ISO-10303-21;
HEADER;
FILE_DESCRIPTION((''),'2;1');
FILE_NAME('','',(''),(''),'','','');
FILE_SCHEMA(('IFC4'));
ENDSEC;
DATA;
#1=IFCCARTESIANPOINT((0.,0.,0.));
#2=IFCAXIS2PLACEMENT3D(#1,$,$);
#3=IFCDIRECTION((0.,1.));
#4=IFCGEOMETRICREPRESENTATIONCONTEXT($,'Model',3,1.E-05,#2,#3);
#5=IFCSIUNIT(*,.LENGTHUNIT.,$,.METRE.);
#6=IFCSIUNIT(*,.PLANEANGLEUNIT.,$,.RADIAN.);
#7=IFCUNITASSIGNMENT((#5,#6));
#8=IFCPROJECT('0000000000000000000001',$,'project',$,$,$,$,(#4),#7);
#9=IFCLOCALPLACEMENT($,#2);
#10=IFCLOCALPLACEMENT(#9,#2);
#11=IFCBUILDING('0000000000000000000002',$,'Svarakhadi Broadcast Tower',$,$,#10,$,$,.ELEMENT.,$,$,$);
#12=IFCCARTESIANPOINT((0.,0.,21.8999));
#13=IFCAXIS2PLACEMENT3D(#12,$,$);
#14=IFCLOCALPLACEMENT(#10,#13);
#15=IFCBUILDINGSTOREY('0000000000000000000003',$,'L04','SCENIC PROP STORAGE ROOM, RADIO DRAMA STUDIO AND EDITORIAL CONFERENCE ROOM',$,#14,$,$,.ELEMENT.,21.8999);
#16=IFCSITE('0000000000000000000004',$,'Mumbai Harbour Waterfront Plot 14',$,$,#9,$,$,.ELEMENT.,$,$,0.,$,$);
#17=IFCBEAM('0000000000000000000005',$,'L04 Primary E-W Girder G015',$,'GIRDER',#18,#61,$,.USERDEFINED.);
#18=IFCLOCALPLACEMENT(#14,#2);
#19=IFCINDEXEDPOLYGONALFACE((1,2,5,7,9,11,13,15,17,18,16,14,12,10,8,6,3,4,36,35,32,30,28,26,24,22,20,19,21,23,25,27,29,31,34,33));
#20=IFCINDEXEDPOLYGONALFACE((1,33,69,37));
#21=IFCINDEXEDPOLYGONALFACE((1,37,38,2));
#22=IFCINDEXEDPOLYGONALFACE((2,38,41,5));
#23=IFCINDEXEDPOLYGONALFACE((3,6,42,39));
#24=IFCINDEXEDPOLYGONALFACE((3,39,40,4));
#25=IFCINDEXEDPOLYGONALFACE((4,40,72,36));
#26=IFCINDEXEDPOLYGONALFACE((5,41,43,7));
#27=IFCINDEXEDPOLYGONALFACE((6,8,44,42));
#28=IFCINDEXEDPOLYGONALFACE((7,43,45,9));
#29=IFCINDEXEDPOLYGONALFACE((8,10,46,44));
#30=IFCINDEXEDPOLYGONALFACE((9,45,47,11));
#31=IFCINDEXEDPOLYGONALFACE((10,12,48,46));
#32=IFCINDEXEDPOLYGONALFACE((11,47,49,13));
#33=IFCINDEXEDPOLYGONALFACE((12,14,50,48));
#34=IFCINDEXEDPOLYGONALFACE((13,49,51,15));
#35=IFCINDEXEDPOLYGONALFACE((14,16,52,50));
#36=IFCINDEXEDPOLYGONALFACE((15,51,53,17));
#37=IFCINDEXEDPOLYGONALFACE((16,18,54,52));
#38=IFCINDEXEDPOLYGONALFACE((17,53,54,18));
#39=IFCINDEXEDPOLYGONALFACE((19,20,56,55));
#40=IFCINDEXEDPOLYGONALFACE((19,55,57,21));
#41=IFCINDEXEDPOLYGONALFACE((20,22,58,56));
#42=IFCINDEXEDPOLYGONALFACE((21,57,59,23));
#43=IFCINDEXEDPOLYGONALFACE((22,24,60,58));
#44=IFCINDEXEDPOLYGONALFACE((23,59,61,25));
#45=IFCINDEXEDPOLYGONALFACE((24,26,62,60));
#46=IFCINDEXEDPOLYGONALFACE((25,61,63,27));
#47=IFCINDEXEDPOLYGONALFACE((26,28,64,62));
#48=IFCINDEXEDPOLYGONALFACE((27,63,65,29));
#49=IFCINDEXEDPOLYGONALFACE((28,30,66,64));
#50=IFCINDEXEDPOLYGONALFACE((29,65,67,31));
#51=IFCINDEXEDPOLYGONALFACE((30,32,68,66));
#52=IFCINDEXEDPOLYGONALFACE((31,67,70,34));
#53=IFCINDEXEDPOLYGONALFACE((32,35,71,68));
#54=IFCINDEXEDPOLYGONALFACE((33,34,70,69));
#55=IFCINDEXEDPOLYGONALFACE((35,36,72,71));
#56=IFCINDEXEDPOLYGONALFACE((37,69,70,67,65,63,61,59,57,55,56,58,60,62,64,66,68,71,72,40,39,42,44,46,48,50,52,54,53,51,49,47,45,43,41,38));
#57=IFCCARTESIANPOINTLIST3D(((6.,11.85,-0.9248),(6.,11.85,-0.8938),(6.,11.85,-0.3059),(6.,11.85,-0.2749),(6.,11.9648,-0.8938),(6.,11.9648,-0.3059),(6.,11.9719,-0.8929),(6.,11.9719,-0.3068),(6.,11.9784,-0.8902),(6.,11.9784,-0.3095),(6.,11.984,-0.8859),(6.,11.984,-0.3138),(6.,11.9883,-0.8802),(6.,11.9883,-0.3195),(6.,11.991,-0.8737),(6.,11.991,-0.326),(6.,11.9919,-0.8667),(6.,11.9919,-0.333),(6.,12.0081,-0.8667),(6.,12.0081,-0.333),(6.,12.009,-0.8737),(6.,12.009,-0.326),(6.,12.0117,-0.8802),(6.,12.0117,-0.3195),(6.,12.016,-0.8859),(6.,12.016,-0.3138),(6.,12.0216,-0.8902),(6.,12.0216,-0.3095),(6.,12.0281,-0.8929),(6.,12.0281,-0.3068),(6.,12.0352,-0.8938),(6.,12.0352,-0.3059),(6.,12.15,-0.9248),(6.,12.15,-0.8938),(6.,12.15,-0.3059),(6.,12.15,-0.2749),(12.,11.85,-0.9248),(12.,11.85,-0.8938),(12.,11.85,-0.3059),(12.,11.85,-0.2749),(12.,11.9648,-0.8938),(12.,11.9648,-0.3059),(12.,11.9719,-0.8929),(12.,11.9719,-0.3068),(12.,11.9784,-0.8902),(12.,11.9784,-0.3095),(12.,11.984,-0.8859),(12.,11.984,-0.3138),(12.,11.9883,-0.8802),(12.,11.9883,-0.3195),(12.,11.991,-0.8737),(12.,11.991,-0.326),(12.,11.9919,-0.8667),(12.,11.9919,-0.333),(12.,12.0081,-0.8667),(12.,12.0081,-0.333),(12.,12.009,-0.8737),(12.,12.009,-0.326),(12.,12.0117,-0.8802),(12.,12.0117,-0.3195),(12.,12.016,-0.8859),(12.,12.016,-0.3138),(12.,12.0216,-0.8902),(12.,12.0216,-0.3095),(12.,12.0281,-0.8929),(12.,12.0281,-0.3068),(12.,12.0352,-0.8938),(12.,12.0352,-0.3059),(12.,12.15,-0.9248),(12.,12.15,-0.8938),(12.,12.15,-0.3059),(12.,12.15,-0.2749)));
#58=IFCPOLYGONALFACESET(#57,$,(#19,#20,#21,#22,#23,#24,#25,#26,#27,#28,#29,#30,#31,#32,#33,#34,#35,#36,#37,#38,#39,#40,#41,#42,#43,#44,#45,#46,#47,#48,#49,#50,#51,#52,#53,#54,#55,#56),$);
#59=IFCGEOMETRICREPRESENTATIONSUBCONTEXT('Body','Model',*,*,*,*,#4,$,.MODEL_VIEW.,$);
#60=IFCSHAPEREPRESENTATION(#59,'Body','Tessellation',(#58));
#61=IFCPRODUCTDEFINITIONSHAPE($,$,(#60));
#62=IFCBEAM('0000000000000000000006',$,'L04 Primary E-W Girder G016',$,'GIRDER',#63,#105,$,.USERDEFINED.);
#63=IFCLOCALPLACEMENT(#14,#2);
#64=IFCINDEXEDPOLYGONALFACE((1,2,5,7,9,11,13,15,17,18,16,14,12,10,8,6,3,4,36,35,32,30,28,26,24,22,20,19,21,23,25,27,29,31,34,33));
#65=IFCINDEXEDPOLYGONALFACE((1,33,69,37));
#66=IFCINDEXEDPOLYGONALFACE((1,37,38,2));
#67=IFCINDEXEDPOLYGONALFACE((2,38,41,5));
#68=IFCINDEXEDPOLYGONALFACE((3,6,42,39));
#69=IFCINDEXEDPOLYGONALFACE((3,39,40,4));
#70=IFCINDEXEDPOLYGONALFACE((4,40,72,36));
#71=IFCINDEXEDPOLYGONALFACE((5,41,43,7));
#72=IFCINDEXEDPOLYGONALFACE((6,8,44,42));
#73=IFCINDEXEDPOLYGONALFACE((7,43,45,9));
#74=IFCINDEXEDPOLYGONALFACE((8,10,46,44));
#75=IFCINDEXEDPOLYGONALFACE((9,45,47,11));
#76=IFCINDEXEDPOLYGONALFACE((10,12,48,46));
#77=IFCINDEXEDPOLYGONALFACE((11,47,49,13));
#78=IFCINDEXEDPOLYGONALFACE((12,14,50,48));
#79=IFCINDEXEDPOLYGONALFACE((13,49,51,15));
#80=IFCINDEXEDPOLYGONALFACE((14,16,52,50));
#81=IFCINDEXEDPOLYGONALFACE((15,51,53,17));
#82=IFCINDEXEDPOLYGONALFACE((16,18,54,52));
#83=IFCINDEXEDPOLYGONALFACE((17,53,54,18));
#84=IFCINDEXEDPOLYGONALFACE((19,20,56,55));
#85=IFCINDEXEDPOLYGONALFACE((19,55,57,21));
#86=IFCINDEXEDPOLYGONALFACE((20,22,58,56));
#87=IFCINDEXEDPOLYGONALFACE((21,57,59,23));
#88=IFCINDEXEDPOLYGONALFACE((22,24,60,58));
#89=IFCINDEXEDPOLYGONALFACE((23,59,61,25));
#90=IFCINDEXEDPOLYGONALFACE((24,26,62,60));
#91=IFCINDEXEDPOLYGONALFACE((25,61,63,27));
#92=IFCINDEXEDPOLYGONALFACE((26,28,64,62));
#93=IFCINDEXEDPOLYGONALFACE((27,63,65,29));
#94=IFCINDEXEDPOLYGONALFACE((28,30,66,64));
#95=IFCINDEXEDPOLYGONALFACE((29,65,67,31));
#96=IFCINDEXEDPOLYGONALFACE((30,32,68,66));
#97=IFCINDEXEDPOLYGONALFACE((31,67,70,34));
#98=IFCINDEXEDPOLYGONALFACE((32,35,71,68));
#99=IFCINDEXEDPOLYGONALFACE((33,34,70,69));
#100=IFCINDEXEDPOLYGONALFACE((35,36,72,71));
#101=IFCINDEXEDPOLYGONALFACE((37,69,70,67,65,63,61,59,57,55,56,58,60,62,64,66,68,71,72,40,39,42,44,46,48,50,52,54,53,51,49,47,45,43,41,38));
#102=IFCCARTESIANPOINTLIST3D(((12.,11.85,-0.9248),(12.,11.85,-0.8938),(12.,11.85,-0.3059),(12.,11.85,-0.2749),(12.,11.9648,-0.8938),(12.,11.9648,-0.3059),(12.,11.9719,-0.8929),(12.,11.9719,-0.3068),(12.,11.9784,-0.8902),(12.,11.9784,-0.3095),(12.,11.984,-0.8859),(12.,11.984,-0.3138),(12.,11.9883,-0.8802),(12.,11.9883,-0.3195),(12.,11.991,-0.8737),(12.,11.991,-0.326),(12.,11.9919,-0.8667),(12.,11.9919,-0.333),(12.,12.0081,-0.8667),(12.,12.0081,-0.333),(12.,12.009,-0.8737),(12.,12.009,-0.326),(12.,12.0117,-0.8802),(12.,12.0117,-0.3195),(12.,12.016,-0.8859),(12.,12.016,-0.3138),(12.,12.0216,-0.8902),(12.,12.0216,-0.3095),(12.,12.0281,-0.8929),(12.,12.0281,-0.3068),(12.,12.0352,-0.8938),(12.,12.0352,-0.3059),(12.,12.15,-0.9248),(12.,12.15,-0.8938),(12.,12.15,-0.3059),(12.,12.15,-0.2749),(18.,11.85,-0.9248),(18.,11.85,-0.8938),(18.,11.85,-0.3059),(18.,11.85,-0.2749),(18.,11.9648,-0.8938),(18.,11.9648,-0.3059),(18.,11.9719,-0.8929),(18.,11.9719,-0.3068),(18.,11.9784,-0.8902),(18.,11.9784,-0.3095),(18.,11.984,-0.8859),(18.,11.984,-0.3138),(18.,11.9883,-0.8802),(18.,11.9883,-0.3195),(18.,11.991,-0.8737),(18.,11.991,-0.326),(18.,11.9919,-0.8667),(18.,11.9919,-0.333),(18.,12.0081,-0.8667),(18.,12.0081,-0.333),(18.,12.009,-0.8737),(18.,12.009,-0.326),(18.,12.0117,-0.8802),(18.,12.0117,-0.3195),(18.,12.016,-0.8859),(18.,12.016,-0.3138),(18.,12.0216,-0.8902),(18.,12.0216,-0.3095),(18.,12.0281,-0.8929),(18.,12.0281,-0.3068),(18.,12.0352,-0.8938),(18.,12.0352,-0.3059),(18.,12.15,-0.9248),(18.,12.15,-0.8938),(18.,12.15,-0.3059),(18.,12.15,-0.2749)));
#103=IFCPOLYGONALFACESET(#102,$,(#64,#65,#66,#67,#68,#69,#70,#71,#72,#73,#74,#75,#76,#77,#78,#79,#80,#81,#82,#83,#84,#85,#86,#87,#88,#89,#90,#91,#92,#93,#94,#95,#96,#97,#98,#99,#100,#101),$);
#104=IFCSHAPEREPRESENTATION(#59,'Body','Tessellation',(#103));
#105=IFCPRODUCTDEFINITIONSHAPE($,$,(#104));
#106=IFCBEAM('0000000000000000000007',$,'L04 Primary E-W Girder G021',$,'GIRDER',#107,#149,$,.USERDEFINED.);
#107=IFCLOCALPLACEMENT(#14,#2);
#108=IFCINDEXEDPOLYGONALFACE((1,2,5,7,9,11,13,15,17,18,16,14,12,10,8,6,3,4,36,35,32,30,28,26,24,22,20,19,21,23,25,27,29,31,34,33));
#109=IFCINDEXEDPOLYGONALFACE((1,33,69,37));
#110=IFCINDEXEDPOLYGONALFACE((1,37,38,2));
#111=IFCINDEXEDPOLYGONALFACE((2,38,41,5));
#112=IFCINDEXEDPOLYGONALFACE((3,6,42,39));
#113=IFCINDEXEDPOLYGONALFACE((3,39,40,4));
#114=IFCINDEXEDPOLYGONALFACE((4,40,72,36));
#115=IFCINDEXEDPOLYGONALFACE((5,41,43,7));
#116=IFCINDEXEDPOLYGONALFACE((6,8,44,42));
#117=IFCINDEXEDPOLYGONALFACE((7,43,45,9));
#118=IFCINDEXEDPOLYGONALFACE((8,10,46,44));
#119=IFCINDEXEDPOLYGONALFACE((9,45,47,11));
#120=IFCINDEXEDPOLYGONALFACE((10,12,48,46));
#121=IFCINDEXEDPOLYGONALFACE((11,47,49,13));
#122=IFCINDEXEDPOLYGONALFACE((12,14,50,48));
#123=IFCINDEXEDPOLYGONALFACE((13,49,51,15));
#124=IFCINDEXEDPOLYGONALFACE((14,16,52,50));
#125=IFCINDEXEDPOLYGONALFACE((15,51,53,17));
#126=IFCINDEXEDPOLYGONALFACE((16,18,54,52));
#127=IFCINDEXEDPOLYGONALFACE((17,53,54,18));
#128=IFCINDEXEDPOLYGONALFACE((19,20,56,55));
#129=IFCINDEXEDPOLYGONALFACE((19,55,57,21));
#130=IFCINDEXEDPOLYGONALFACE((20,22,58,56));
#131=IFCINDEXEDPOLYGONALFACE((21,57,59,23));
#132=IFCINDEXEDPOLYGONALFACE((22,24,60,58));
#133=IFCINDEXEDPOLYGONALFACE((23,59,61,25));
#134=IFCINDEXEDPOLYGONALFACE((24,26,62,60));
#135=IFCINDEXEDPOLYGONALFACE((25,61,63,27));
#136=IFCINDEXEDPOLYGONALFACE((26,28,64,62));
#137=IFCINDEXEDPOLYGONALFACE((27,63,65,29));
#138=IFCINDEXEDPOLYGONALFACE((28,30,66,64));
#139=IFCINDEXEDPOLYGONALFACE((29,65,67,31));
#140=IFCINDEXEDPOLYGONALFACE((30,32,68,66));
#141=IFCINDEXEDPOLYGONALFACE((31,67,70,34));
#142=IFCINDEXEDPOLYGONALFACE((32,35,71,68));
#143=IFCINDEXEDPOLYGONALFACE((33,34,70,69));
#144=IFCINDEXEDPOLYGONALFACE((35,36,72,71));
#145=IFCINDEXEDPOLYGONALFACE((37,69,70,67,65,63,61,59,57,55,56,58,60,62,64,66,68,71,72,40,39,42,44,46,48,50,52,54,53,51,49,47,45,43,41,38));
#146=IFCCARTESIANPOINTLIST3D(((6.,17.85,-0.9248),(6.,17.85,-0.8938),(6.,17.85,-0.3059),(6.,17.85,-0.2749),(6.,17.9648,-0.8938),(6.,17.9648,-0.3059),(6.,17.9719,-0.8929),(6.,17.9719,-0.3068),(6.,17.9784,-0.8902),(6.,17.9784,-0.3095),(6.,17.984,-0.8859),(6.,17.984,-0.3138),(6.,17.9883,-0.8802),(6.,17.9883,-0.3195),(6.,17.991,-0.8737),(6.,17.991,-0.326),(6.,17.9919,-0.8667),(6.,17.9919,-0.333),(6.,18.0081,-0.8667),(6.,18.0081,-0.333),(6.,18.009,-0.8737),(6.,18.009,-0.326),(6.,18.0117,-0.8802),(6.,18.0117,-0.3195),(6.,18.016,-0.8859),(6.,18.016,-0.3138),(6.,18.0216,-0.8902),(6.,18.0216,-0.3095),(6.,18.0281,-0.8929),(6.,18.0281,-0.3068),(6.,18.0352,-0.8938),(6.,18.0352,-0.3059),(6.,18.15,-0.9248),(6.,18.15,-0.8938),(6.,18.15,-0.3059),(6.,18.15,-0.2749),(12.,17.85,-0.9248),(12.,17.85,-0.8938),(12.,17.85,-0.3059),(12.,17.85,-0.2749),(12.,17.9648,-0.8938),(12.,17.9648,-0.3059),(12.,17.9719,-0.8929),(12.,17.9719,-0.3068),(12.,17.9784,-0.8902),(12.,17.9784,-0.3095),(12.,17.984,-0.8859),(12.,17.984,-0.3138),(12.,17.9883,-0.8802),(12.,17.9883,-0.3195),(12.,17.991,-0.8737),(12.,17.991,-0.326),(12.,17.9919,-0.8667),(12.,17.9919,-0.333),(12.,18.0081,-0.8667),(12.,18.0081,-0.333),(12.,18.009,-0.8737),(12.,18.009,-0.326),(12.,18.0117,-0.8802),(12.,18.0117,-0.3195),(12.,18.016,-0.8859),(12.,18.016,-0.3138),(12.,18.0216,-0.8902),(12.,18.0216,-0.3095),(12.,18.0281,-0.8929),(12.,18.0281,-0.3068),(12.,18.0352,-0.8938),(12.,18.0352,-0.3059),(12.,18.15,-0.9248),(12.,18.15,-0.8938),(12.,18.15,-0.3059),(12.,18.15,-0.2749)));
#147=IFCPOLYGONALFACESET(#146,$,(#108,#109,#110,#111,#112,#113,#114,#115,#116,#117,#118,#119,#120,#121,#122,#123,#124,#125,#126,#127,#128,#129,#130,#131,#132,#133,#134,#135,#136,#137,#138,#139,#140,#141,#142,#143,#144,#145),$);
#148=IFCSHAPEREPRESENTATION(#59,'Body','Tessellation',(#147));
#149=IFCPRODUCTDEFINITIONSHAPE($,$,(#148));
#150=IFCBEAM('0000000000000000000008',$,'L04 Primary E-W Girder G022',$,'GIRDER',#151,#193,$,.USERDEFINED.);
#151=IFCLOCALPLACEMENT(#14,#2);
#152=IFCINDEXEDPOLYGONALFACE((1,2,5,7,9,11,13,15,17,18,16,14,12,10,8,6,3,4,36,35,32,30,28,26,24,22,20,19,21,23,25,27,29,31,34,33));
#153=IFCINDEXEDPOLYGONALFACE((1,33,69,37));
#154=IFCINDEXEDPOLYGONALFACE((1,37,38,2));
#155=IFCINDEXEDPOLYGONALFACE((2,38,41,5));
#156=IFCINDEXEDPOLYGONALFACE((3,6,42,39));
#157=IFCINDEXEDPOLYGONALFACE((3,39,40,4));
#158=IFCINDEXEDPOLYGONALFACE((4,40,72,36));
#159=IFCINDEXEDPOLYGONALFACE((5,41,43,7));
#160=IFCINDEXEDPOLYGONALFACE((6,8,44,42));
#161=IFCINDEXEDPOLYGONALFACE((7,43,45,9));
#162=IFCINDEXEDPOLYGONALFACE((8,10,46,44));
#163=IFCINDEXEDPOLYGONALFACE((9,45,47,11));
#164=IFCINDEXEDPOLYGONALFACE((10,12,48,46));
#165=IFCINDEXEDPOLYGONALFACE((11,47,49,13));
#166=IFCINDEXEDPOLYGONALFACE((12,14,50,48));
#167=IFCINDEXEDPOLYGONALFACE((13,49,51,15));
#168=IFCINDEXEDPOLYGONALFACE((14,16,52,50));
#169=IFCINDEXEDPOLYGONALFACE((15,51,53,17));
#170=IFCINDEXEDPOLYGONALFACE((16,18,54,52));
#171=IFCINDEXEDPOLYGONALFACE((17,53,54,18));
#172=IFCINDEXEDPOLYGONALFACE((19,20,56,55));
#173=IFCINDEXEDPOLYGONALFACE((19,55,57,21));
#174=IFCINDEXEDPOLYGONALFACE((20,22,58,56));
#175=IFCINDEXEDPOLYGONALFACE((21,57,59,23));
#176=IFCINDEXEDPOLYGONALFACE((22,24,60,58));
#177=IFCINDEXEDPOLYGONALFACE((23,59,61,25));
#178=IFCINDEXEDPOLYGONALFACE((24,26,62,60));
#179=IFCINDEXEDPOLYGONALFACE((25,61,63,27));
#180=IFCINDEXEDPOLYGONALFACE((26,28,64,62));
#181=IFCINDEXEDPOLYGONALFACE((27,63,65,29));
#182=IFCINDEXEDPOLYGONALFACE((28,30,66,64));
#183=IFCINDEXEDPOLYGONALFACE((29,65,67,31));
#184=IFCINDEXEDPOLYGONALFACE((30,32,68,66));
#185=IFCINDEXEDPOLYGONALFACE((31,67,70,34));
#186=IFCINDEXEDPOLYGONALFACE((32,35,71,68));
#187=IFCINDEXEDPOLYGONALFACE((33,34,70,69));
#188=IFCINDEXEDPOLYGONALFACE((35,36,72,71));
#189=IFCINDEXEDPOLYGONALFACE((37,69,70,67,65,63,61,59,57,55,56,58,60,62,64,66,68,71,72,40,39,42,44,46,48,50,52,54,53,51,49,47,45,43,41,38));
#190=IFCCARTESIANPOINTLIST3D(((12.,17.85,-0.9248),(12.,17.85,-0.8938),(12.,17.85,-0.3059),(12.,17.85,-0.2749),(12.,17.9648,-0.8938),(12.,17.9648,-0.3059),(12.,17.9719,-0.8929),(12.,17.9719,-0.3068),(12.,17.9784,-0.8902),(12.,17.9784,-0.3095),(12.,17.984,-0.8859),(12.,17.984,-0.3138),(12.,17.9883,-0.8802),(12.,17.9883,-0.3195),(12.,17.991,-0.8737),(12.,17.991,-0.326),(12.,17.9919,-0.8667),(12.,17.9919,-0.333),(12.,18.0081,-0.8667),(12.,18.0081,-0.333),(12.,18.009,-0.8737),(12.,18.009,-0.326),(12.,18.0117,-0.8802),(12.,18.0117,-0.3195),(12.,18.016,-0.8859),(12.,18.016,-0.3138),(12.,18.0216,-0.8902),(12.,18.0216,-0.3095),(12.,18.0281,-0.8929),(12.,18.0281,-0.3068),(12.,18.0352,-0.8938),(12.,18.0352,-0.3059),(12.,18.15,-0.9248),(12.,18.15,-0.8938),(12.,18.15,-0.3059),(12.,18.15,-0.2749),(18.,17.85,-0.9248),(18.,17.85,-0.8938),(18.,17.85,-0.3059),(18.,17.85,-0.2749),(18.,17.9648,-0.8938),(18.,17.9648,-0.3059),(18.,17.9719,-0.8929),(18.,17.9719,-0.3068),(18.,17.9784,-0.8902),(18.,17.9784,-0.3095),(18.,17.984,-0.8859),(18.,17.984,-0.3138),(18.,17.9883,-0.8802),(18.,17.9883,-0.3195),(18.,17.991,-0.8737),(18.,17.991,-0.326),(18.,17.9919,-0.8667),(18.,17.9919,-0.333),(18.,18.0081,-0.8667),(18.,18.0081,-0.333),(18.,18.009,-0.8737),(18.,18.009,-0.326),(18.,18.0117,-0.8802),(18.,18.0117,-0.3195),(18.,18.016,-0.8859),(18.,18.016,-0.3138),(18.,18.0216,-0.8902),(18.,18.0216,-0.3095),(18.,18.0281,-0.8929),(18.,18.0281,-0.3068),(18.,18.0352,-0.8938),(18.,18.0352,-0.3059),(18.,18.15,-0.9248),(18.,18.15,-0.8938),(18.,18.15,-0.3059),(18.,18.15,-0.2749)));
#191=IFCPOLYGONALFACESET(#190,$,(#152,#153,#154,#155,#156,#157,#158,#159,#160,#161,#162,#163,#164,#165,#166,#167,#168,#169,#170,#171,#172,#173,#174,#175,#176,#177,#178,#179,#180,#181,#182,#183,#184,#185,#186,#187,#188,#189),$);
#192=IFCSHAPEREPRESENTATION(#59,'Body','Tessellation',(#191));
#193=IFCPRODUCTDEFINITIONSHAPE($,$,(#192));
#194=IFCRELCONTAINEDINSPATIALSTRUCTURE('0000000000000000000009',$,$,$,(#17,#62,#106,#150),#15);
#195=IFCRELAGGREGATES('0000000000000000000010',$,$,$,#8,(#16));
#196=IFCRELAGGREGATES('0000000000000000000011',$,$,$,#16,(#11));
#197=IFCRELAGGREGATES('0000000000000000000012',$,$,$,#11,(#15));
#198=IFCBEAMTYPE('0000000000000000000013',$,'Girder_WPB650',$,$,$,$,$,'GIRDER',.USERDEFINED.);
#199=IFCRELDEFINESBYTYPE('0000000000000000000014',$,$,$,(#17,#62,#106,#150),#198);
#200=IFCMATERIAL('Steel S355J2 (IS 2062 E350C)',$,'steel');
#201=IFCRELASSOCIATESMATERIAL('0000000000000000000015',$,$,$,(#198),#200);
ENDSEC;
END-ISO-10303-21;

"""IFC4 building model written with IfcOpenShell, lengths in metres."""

from ifc_helpers import new_model, si_unit, direction, frame, origin, origin_2d, place, context, subcontext, project, spatial, i_section, extrude, material, material_profile, profile_set, type_object, element, save


model = new_model("IFC4")

# Units and contexts
model_context = context("Model", 3, precision=1e-05, world=origin(), true_north=direction((0.0, 1.0)))
body_context = subcontext(model_context, "Body", "Model", "MODEL_VIEW")
ifc_project = project(units=[si_unit("LENGTHUNIT", "METRE"), si_unit("PLANEANGLEUNIT", "RADIAN")], contexts=[model_context])

# Site, building, storey
site_placement = place(None, origin())
site = spatial("IfcSite", under=ifc_project, at=site_placement, Name="Mumbai Harbour Waterfront Plot 14", CompositionType="ELEMENT", RefElevation=0.0)
building_placement = place(site_placement, origin())
building = spatial("IfcBuilding", under=site, at=building_placement, Name="Svarakhadi Broadcast Tower", CompositionType="ELEMENT")
storey_placement = place(building_placement, frame((0.0, 0.0, 21.8999)))
storey = spatial("IfcBuildingStorey", under=building, at=storey_placement, Name="L04", Description="SCENIC PROP STORAGE ROOM, RADIO DRAMA STUDIO AND EDITORIAL CONFERENCE ROOM", CompositionType="ELEMENT", Elevation=21.8999)

# Beams
ifc_material_1 = material(Name="Steel S355J2 (IS 2062 E350C)", Category="steel")
ifc_material_profile_1 = material_profile(ifc_material_1, i_section(OverallWidth=0.3, OverallDepth=0.6499, WebThickness=0.0161, FlangeThickness=0.031, FilletRadius=0.0271, at=origin_2d()), Name="WPB 650x300x225")
ifc_profile_set_1 = profile_set([ifc_material_profile_1], Name="Steel S355J2 (IS 2062 E350C)")
beam_type_1 = type_object("IfcBeamType", Name="Girder_WPB650", ElementType="GIRDER", PredefinedType="USERDEFINED", material=ifc_profile_set_1)
for number, where, z_axis, x_axis, name in (
    (1, (6.0, 12.0, -0.5999), (1.0, 0.0, 0.0), (0.0, 1.0, 0.0), "L04 Primary E-W Girder G015"),
    (2, (12.0, 12.0, -0.5999), (1.0, 0.0, 0.0), (0.0, 1.0, 0.0), "L04 Primary E-W Girder G016"),
    (3, (6.0, 18.0, -0.5999), (1.0, 0.0, 0.0), (0.0, 1.0, 0.0), "L04 Primary E-W Girder G021"),
    (4, (12.0, 18.0, -0.5999), (1.0, 0.0, 0.0), (0.0, 1.0, 0.0), "L04 Primary E-W Girder G022"),
):
    element("IfcBeam", number, at=place(storey_placement, frame(where, z_axis=z_axis, x_axis=x_axis)), inside=storey, type_object=beam_type_1, Name=name, ObjectType="GIRDER", PredefinedType="USERDEFINED", context=body_context, shape_type="SweptSolid", body=[
        extrude(i_section(OverallWidth=0.3, OverallDepth=0.6499, WebThickness=0.0161, FlangeThickness=0.031, FilletRadius=0.0271, at=origin_2d()), origin(), (0.0, 0.0, 1.0), 6.0),
    ])

save(model, "model.ifc")
